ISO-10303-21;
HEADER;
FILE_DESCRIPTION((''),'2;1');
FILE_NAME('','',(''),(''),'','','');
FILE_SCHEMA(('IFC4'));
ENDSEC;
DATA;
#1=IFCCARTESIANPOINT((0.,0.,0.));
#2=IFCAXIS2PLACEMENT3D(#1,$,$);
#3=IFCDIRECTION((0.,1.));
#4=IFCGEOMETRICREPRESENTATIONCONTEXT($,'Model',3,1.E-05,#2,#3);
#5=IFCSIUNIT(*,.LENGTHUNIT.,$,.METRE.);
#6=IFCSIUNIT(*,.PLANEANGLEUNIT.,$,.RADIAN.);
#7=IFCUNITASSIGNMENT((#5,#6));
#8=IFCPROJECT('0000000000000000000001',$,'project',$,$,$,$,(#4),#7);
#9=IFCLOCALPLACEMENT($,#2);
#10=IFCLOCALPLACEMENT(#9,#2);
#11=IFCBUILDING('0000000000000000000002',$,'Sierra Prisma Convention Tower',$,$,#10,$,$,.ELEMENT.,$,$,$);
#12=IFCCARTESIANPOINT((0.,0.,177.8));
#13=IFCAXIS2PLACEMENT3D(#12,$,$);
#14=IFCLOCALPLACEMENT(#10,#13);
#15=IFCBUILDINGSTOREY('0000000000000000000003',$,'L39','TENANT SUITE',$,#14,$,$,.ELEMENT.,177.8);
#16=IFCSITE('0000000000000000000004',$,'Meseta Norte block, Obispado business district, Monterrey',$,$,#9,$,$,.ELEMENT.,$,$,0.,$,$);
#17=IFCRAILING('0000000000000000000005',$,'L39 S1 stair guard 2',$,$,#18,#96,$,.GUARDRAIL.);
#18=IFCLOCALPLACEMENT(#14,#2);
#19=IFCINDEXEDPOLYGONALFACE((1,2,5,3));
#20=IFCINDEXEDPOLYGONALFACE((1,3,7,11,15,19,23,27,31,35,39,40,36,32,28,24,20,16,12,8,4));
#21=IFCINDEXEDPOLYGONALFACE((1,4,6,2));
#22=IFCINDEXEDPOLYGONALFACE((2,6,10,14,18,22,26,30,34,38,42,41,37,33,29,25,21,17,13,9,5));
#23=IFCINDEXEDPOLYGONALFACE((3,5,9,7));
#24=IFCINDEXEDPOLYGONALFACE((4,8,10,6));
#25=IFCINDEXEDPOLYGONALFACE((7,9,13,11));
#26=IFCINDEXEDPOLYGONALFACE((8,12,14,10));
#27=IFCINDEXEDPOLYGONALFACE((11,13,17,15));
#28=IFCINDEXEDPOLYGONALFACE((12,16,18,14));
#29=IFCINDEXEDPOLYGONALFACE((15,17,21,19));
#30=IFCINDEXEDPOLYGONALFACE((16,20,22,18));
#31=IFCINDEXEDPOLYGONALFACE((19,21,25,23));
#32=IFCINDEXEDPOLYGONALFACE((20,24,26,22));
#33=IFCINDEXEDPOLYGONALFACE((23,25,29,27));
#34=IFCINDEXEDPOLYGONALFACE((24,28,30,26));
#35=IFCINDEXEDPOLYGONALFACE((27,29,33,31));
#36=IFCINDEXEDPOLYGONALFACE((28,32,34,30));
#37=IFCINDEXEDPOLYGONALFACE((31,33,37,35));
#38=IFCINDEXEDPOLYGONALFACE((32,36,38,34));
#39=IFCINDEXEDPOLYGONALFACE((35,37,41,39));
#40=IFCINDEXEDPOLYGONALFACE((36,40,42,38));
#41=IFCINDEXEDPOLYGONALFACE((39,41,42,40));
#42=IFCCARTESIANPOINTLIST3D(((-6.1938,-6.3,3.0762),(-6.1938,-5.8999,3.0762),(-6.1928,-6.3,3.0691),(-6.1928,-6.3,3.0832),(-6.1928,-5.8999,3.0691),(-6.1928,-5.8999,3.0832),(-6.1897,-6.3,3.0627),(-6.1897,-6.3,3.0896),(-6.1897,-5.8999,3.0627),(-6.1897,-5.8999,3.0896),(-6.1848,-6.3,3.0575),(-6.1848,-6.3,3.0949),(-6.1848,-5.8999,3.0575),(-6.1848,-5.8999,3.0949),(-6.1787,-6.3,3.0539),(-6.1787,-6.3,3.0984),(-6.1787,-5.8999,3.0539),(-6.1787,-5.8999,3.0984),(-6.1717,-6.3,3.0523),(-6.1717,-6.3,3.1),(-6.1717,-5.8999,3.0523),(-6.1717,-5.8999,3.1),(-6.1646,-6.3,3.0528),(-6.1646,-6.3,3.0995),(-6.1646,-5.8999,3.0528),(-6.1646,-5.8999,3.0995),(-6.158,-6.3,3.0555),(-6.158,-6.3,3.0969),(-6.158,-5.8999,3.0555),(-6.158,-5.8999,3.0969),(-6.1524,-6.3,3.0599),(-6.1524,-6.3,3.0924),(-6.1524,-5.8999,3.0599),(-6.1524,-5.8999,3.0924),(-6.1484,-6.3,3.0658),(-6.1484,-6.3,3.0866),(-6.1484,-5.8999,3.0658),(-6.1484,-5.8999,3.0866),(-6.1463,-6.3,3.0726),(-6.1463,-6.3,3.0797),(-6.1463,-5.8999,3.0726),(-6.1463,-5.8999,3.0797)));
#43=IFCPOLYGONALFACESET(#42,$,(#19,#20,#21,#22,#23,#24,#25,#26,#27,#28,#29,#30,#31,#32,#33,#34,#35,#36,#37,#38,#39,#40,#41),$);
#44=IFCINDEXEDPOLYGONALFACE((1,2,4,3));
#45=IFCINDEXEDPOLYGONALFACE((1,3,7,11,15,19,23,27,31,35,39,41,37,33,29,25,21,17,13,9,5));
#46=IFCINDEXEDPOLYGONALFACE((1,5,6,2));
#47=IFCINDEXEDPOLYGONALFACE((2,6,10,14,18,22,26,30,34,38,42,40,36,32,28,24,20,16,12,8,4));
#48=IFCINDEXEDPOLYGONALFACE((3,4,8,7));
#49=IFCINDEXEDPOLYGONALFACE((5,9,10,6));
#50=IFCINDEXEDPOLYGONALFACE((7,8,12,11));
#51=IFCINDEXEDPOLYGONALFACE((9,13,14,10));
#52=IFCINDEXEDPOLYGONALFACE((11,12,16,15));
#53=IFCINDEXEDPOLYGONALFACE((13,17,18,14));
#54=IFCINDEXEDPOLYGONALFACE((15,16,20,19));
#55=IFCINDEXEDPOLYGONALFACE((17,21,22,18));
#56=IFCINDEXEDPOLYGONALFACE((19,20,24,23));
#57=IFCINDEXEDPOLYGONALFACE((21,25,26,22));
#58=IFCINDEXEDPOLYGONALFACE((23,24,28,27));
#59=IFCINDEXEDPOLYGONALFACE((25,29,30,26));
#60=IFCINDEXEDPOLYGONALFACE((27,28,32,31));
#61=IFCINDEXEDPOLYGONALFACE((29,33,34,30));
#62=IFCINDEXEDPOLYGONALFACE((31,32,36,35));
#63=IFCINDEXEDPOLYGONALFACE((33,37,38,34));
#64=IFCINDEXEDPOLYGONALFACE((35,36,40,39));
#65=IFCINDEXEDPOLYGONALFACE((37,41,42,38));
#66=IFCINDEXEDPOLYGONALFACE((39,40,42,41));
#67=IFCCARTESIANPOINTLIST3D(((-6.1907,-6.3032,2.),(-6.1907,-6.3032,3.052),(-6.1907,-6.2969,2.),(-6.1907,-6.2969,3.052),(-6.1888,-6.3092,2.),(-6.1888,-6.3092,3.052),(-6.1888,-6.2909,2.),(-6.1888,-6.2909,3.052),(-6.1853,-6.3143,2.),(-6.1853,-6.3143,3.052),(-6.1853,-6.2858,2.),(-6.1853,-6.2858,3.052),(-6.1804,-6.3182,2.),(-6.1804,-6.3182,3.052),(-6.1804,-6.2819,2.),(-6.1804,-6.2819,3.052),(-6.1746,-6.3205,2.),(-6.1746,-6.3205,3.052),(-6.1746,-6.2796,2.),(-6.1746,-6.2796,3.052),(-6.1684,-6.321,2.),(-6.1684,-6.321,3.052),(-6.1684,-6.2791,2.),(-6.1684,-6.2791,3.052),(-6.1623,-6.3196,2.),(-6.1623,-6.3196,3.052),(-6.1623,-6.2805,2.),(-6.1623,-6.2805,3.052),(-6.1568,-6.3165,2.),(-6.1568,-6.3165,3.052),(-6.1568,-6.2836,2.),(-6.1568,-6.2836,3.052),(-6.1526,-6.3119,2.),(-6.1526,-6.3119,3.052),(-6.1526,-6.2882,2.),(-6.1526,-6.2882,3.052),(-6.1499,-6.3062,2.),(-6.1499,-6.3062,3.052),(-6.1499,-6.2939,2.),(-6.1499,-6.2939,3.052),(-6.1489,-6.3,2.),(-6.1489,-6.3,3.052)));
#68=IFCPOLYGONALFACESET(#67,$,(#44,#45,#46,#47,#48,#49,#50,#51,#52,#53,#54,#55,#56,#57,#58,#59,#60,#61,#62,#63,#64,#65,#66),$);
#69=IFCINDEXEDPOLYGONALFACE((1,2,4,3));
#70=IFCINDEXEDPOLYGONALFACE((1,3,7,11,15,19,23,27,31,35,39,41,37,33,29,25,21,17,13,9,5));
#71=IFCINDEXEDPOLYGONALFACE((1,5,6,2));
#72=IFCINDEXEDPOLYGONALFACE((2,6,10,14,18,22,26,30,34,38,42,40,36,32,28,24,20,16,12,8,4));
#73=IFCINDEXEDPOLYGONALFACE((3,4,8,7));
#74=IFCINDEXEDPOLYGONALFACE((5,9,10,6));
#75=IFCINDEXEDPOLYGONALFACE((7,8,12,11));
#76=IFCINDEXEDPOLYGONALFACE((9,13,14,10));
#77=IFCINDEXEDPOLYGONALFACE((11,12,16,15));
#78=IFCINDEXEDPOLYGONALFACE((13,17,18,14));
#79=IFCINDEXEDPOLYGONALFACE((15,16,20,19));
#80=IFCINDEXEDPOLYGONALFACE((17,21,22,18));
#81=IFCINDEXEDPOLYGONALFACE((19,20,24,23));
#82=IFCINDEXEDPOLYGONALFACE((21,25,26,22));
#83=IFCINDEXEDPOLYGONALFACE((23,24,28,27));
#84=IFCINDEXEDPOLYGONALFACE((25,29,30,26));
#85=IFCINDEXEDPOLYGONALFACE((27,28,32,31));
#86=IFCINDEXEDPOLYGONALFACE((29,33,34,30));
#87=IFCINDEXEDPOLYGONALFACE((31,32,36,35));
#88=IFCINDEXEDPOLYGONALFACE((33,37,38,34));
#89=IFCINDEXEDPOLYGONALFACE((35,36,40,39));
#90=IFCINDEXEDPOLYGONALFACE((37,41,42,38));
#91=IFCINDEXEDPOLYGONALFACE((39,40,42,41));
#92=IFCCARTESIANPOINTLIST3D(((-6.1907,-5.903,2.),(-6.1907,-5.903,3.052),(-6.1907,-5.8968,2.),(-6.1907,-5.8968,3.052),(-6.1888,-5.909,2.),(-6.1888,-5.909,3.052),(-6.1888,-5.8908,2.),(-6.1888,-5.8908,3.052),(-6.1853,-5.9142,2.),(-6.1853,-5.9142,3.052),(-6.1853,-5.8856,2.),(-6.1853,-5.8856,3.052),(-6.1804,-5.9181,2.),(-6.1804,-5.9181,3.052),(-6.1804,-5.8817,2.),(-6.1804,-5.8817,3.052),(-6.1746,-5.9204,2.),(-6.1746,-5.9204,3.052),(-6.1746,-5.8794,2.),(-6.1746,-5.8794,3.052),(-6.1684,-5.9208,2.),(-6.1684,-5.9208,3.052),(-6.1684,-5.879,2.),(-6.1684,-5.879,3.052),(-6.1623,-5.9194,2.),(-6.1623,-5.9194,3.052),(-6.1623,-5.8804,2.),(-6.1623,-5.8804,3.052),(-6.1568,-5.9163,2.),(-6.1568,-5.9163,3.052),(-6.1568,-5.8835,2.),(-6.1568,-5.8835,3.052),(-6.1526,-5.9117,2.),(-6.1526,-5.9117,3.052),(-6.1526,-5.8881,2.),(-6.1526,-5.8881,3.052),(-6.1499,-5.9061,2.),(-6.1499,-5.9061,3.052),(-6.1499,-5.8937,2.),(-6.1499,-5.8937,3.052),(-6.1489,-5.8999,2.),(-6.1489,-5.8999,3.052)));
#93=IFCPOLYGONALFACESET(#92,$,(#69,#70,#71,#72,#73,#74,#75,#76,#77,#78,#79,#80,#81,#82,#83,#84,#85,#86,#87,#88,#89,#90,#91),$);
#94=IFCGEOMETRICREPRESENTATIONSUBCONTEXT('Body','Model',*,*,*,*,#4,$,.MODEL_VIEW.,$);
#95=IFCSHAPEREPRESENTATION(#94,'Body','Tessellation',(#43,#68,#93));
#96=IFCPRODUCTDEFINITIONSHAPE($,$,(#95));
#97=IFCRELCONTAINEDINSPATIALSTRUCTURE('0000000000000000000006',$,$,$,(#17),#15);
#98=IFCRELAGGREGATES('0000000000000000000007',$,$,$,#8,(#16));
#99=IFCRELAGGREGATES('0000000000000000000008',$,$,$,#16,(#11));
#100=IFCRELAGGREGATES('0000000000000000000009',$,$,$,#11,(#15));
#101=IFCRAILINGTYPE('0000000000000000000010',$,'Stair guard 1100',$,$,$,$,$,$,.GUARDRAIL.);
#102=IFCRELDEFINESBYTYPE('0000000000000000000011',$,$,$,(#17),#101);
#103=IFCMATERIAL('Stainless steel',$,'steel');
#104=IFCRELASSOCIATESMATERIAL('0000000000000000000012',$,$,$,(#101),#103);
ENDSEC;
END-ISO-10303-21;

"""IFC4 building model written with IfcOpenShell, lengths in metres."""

from ifc_helpers import new_model, si_unit, direction, frame, origin, origin_2d, place, context, subcontext, project, spatial, circle, extrude, material, type_object, element, save


model = new_model("IFC4")

# Units and contexts
model_context = context("Model", 3, precision=1e-05, world=origin(), true_north=direction((0.0, 1.0)))
body_context = subcontext(model_context, "Body", "Model", "MODEL_VIEW")
ifc_project = project(units=[si_unit("LENGTHUNIT", "METRE"), si_unit("PLANEANGLEUNIT", "RADIAN")], contexts=[model_context])

# Site, building, storey
site_placement = place(None, origin())
site = spatial("IfcSite", under=ifc_project, at=site_placement, Name="Meseta Norte block, Obispado business district, Monterrey", CompositionType="ELEMENT", RefElevation=0.0)
building_placement = place(site_placement, origin())
building = spatial("IfcBuilding", under=site, at=building_placement, Name="Sierra Prisma Convention Tower", CompositionType="ELEMENT")
storey_placement = place(building_placement, frame((0.0, 0.0, 177.8)))
storey = spatial("IfcBuildingStorey", under=building, at=storey_placement, Name="L39", Description="TENANT SUITE", CompositionType="ELEMENT", Elevation=177.8)

# Railing
ifc_material_1 = material(Name="Stainless steel", Category="steel")
railing_type_1 = type_object("IfcRailingType", Name="Stair guard 1100", PredefinedType="GUARDRAIL", material=ifc_material_1)
railing_1_placement = place(storey_placement, frame((-6.1699, -6.3, 2.0)))
element("IfcRailing", 1, at=railing_1_placement, inside=storey, type_object=railing_type_1, Name="L39 S1 stair guard 2", PredefinedType="GUARDRAIL", context=body_context, shape_type="SweptSolid", body=[
    extrude(circle(Radius=0.0239, at=origin_2d()), frame((0.0, 0.0, 1.0762), z_axis=(0.0, 1.0, 0.0), x_axis=(-1.0, 0.0, 0.0)), (0.0, 0.0, 1.0), 0.4001),
    extrude(circle(Radius=0.021, at=origin_2d()), origin(), (0.0, 0.0, 1.0), 1.052),
    extrude(circle(Radius=0.021, at=origin_2d()), frame((0.0, 0.4001, 0.0)), (0.0, 0.0, 1.0), 1.052),
])

save(model, "model.ifc")
